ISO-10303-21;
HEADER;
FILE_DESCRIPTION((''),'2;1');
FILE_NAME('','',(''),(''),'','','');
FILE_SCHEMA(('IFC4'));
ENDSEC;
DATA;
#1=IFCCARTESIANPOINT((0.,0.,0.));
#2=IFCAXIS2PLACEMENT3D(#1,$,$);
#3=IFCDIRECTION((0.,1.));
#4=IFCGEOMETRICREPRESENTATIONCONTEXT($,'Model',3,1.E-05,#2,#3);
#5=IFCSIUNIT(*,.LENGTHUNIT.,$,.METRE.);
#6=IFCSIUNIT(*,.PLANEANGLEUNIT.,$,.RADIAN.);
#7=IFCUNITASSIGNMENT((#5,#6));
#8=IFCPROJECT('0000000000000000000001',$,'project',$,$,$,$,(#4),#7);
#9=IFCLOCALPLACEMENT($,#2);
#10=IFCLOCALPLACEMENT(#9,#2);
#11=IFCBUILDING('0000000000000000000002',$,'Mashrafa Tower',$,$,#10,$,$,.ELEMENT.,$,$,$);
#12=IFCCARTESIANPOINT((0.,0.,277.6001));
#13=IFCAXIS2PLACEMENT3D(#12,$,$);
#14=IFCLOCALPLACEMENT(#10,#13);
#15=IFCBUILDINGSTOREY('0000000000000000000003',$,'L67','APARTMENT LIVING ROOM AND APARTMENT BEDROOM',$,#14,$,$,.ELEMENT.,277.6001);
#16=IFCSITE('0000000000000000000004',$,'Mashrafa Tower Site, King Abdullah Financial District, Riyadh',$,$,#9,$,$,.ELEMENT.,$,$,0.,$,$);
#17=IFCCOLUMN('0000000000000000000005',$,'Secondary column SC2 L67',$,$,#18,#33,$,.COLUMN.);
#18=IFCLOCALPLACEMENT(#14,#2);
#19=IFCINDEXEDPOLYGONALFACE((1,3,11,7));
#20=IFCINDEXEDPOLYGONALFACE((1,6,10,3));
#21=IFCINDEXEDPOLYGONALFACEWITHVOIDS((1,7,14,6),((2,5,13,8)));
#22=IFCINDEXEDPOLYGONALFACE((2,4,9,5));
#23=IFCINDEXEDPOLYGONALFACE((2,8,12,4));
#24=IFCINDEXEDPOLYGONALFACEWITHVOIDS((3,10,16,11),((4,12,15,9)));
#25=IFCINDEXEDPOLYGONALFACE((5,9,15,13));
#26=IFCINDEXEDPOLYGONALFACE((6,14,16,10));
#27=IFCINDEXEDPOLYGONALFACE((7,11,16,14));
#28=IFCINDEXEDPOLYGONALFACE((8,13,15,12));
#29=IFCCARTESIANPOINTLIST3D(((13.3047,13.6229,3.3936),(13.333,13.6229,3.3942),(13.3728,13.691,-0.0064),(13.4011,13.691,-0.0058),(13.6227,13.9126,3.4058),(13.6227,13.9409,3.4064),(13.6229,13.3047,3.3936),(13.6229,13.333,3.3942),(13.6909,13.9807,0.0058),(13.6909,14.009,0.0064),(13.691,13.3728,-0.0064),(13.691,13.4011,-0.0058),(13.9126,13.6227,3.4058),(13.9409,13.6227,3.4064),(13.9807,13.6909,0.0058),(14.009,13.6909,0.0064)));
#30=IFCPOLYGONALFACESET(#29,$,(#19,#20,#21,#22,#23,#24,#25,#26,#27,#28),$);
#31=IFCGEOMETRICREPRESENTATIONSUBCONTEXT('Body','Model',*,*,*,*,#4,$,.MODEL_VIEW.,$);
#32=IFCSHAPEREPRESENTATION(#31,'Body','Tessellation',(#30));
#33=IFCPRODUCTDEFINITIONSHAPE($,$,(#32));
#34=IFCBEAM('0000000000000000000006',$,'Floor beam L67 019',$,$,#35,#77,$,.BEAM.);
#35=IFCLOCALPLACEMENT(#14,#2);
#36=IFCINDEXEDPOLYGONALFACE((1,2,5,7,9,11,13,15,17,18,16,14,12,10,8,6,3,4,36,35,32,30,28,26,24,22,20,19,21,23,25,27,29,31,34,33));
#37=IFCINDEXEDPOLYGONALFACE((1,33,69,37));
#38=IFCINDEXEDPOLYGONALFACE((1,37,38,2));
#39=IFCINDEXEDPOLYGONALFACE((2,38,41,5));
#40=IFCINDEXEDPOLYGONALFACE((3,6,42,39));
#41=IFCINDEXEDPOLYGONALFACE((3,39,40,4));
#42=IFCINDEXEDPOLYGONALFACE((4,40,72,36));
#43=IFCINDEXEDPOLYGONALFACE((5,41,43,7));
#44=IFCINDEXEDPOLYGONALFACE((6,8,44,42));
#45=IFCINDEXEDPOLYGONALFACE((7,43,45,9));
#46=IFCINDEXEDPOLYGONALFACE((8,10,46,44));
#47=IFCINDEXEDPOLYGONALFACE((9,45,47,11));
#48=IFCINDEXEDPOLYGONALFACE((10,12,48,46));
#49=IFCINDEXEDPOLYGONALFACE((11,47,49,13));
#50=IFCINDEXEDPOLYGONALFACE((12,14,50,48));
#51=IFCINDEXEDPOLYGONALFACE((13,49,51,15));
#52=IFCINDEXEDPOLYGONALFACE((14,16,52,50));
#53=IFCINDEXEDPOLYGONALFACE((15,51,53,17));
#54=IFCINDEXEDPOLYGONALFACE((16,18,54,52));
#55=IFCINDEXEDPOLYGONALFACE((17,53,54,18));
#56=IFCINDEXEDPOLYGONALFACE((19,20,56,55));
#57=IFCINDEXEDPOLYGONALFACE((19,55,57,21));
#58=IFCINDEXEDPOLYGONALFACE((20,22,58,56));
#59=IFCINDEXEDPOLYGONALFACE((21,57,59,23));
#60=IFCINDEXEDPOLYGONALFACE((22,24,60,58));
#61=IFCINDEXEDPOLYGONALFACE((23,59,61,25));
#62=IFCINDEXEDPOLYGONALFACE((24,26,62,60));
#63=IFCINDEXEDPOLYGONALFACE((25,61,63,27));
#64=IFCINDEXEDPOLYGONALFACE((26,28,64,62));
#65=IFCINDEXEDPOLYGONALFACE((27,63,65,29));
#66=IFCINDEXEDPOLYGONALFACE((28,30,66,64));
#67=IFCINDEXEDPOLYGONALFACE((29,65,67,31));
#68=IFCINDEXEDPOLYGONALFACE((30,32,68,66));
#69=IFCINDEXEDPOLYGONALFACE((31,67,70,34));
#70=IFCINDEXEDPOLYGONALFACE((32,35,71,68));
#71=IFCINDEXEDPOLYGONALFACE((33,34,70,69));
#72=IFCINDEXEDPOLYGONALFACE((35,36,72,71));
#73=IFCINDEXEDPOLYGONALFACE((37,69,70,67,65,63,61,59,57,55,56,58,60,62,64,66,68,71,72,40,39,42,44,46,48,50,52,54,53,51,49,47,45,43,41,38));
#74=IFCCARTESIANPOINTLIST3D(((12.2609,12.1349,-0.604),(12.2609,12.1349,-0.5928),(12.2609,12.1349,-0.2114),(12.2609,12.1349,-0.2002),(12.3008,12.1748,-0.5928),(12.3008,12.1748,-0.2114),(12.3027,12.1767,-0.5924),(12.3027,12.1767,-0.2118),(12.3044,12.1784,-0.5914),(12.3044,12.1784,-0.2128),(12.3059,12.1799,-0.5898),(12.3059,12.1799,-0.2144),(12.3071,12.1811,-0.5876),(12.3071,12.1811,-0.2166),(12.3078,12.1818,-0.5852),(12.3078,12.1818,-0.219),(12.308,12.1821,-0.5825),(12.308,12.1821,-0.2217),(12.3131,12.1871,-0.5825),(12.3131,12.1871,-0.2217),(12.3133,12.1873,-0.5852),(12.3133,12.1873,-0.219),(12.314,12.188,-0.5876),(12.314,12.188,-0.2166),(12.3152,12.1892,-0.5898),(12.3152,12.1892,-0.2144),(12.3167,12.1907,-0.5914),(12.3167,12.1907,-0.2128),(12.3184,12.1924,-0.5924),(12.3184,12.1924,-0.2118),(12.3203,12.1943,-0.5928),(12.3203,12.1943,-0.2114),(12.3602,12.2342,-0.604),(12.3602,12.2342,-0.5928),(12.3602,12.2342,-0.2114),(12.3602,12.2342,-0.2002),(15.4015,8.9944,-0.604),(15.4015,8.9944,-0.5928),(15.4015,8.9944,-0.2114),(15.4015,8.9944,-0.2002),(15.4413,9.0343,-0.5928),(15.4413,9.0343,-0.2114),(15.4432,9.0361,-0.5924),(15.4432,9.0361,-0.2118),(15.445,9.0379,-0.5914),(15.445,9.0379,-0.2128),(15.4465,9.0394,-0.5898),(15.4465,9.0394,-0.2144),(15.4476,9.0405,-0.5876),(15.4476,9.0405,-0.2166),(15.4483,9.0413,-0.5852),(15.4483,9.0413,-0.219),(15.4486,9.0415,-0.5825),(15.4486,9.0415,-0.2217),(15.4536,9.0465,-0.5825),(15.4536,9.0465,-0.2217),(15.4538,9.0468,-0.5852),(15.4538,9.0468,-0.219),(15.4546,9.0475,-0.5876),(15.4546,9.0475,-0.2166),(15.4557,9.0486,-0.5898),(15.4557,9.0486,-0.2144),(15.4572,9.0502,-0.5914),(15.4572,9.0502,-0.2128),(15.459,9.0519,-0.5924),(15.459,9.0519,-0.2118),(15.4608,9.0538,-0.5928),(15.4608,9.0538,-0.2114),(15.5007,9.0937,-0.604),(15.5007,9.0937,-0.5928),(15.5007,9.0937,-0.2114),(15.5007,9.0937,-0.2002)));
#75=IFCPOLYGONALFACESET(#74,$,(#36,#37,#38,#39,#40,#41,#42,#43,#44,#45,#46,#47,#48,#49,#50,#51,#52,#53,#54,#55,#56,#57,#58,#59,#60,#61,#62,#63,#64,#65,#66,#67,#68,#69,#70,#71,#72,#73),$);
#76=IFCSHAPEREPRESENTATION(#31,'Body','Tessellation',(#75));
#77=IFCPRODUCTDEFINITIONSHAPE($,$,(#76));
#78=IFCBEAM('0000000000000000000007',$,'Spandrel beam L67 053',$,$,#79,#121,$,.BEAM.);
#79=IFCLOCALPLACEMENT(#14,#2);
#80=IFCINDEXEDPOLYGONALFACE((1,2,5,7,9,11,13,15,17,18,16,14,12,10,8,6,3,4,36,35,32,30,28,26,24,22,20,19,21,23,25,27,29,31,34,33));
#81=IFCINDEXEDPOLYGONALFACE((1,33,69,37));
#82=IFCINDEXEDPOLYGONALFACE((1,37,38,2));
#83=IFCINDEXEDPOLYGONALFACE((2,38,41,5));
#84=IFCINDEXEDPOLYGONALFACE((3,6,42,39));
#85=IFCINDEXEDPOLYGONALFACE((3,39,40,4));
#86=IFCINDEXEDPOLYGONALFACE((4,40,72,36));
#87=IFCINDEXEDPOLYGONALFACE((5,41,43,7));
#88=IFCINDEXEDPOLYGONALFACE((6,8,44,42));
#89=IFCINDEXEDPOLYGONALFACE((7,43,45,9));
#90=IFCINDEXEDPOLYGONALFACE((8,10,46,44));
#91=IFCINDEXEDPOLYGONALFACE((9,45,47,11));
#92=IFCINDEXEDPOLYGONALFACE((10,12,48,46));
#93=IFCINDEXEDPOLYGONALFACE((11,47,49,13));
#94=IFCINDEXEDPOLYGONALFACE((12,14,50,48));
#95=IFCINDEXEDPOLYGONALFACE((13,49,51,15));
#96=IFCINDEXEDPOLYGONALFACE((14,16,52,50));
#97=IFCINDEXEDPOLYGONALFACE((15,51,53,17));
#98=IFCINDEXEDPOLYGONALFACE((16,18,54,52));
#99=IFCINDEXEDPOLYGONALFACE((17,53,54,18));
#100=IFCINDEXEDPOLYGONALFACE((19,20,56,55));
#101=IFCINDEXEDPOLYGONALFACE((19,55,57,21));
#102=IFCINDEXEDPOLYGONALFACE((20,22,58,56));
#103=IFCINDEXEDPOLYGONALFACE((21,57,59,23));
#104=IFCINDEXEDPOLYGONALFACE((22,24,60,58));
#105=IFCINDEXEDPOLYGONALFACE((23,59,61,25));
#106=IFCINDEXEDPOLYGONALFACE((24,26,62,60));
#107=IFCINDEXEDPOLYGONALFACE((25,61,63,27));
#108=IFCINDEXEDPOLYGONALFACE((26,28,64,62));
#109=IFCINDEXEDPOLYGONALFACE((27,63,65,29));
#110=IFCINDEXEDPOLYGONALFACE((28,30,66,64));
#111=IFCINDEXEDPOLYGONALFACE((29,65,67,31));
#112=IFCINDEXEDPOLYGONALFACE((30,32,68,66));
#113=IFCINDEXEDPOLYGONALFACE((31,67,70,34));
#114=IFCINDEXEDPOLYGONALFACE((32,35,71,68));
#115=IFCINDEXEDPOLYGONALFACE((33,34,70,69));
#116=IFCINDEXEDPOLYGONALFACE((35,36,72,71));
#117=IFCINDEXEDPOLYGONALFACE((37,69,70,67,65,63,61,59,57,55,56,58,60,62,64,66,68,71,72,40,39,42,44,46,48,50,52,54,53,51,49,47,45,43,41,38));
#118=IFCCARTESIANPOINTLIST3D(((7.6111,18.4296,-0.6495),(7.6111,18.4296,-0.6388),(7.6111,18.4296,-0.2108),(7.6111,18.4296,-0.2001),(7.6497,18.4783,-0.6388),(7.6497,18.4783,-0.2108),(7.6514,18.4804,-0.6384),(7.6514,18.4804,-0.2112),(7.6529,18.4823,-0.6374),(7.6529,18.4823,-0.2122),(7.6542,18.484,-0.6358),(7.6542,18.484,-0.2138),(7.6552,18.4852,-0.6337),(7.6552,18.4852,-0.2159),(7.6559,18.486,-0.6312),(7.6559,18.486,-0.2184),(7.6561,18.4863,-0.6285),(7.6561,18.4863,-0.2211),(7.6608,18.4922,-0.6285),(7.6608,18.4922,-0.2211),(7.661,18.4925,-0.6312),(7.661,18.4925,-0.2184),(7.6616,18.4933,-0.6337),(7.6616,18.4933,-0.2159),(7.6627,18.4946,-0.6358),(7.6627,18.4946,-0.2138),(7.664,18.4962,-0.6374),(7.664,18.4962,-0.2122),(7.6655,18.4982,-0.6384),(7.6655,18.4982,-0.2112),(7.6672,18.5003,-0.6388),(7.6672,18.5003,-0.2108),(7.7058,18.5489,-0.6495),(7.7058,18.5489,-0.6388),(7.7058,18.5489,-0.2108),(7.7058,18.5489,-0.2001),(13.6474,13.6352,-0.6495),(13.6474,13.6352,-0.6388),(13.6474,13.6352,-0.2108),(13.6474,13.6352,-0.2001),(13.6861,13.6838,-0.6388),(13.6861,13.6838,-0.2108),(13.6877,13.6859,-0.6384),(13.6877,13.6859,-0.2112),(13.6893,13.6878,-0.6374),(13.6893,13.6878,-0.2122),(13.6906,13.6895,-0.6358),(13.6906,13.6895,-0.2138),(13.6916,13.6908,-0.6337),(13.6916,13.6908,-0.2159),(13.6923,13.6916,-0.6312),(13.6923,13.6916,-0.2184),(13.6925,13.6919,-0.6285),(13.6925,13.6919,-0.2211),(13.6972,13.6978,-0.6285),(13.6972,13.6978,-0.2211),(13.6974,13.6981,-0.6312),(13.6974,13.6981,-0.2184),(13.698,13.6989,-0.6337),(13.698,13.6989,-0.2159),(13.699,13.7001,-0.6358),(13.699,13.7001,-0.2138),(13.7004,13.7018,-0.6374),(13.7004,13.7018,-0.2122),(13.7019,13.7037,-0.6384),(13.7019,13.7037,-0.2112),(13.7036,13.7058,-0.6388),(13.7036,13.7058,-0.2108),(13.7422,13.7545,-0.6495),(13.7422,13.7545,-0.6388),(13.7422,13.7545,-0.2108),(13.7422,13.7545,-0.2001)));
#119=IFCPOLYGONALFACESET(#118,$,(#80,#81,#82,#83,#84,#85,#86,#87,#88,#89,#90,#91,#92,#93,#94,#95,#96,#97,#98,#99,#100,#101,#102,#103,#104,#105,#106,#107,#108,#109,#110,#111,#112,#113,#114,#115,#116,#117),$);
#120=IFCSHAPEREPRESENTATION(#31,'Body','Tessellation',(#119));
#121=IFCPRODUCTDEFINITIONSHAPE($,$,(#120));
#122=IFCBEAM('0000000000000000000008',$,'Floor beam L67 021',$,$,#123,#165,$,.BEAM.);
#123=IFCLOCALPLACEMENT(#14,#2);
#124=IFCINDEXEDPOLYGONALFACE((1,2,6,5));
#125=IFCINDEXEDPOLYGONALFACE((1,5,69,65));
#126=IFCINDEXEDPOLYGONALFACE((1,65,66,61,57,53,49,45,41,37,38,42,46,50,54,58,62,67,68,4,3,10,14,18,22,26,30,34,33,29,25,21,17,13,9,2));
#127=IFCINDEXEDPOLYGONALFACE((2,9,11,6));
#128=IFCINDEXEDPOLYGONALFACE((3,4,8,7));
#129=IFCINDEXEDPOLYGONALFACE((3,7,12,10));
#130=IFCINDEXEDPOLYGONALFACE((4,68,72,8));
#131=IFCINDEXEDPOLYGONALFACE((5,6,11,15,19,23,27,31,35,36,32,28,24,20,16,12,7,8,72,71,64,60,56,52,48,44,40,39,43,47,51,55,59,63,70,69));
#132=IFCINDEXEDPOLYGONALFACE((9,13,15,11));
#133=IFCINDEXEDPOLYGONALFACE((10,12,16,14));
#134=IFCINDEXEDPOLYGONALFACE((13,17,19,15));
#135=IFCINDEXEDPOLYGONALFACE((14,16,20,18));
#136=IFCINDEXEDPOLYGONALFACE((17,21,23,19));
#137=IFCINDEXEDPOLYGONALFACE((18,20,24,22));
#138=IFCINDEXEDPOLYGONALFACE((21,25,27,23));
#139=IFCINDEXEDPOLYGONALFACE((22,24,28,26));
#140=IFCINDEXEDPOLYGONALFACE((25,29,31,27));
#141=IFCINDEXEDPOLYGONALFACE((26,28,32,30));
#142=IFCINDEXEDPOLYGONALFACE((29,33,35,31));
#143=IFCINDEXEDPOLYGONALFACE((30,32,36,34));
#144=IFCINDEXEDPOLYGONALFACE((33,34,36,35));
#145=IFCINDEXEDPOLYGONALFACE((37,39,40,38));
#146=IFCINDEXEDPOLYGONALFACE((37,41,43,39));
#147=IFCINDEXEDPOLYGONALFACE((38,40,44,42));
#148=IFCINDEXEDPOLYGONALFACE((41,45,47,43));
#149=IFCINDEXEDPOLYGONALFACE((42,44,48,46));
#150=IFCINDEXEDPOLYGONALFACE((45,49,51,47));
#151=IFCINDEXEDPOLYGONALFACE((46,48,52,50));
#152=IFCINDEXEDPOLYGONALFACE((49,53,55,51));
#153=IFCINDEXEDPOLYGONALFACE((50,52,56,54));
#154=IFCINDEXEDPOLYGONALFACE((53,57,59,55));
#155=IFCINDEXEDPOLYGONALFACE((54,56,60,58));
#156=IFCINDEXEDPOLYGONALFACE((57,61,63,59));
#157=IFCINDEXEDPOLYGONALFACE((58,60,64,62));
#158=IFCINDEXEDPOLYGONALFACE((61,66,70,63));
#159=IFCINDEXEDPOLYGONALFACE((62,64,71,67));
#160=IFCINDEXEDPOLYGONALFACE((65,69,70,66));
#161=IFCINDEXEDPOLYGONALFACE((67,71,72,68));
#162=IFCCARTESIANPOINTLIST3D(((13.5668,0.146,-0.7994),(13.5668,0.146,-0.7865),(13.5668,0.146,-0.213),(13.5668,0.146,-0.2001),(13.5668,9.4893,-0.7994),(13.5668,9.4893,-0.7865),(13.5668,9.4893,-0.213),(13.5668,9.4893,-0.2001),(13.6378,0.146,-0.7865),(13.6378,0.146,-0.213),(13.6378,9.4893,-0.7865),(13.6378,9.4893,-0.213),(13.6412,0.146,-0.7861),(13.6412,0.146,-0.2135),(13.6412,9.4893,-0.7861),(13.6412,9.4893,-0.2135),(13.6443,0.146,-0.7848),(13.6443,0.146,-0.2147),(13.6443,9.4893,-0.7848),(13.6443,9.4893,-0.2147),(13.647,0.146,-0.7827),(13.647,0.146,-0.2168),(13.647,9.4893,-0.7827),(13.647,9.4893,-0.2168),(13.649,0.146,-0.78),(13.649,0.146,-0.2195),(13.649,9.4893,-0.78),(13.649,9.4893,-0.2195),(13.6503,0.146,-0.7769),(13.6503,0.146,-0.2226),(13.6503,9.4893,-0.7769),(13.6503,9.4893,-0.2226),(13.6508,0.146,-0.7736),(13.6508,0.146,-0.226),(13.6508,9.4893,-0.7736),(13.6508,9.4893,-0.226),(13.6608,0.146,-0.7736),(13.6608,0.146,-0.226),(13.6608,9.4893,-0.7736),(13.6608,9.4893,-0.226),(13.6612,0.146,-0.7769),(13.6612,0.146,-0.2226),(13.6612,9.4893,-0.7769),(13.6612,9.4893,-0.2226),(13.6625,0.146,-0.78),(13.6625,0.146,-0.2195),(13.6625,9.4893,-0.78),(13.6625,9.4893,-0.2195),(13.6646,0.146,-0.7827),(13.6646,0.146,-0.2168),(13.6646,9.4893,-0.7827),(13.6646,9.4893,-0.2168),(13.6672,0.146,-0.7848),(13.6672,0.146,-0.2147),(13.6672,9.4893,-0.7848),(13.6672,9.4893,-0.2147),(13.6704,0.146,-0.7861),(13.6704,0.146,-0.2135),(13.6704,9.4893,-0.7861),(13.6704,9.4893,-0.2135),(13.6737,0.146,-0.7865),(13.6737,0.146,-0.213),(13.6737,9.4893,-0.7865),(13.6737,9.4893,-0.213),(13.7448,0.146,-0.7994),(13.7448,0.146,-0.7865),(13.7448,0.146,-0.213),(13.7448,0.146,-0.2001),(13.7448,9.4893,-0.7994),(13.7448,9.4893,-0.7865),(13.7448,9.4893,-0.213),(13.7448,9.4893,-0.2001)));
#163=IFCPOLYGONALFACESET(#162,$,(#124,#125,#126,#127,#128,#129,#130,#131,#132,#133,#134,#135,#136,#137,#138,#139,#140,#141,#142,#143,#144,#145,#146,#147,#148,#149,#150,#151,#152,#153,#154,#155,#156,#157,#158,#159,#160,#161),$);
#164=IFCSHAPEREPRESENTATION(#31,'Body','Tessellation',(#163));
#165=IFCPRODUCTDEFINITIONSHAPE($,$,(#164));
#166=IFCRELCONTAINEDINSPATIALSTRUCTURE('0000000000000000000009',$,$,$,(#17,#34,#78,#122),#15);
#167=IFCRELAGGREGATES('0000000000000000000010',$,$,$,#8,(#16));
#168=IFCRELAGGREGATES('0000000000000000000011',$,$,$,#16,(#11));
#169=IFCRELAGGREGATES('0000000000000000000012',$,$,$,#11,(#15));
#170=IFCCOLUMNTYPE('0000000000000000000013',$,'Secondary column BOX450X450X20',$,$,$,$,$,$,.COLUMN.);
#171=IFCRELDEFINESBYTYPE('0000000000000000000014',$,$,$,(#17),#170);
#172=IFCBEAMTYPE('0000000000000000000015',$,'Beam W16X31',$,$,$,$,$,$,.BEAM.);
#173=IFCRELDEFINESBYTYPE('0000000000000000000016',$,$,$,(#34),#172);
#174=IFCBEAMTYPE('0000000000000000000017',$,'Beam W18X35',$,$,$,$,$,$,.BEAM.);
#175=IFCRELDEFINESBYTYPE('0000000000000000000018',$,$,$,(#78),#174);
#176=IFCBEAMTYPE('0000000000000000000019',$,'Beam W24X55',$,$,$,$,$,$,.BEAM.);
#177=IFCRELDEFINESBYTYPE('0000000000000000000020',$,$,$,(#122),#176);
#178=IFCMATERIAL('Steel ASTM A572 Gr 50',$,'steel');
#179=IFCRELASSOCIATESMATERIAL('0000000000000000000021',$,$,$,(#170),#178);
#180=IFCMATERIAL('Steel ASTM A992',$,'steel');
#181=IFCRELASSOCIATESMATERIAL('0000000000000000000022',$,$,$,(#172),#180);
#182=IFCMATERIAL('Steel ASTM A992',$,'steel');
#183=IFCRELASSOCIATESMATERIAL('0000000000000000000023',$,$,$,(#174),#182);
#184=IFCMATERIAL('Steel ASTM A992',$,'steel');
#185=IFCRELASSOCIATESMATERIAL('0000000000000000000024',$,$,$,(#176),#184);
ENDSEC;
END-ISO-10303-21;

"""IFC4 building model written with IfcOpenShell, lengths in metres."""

from ifc_helpers import new_model, si_unit, direction, frame, origin, origin_2d, place, context, subcontext, project, spatial, hollow_rectangle, i_section, extrude, material, material_profile, profile_set, type_object, element, save


model = new_model("IFC4")

# Units and contexts
model_context = context("Model", 3, precision=1e-05, world=origin(), true_north=direction((0.0, 1.0)))
body_context = subcontext(model_context, "Body", "Model", "MODEL_VIEW")
ifc_project = project(units=[si_unit("LENGTHUNIT", "METRE"), si_unit("PLANEANGLEUNIT", "RADIAN")], contexts=[model_context])

# Site, building, storey
site_placement = place(None, origin())
site = spatial("IfcSite", under=ifc_project, at=site_placement, Name="Mashrafa Tower Site, King Abdullah Financial District, Riyadh", CompositionType="ELEMENT", RefElevation=0.0)
building_placement = place(site_placement, origin())
building = spatial("IfcBuilding", under=site, at=building_placement, Name="Mashrafa Tower", CompositionType="ELEMENT")
storey_placement = place(building_placement, frame((0.0, 0.0, 277.6001)))
storey = spatial("IfcBuildingStorey", under=building, at=storey_placement, Name="L67", Description="APARTMENT LIVING ROOM AND APARTMENT BEDROOM", CompositionType="ELEMENT", Elevation=277.6001)

# Column
ifc_material_1 = material(Name="Steel ASTM A572 Gr 50", Category="steel")
ifc_material_profile_1 = material_profile(ifc_material_1, hollow_rectangle(XDim=0.45, YDim=0.45, WallThickness=0.02, at=origin_2d()), Name="BOX450X450X20")
ifc_profile_set_1 = profile_set([ifc_material_profile_1], Name="Steel ASTM A572 Gr 50")
column_type = type_object("IfcColumnType", Name="Secondary column BOX450X450X20", PredefinedType="COLUMN", material=ifc_profile_set_1)
column_placement = place(storey_placement, frame((13.6909, 13.6909, 0.0), z_axis=(-0.020026, -0.020026, 0.999599), x_axis=(0.707107, -0.707107, 0.0)))
element("IfcColumn", 1, at=column_placement, inside=storey, type_object=column_type, Name="Secondary column SC2 L67", PredefinedType="COLUMN", context=body_context, shape_type="SweptSolid", body=[
    extrude(hollow_rectangle(XDim=0.45, YDim=0.45, WallThickness=0.02, at=origin_2d()), origin(), (0.0, 0.0, 1.0), 3.4014),
])

# Beams
ifc_material_2 = material(Name="Steel ASTM A992", Category="steel")
ifc_material_profile_2 = material_profile(ifc_material_2, i_section(OverallWidth=0.1404, OverallDepth=0.4038, WebThickness=0.0071, FlangeThickness=0.0112, FilletRadius=0.0103, at=origin_2d()), Name="W16X31")
ifc_profile_set_2 = profile_set([ifc_material_profile_2], Name="Steel ASTM A992")
beam_type_1 = type_object("IfcBeamType", Name="Beam W16X31", PredefinedType="BEAM", material=ifc_profile_set_2)
beam_1_placement = place(storey_placement, frame((12.3105, 12.1846, -0.4021), z_axis=(0.707107, -0.707107, 0.0), x_axis=(0.707107, 0.707107, 0.0)))
element("IfcBeam", 2, at=beam_1_placement, inside=storey, type_object=beam_type_1, Name="Floor beam L67 019", PredefinedType="BEAM", context=body_context, shape_type="SweptSolid", body=[
    extrude(i_section(OverallWidth=0.1404, OverallDepth=0.4038, WebThickness=0.0071, FlangeThickness=0.0112, FilletRadius=0.0103, at=origin_2d()), origin(), (0.0, 0.0, 1.0), 4.4414),
])
ifc_material_3 = material(Name="Steel ASTM A992", Category="steel")
ifc_material_profile_3 = material_profile(ifc_material_3, i_section(OverallWidth=0.1523, OverallDepth=0.4495, WebThickness=0.0076, FlangeThickness=0.0107, FilletRadius=0.0103, at=origin_2d()), Name="W18X35")
ifc_profile_set_3 = profile_set([ifc_material_profile_3], Name="Steel ASTM A992")
beam_type_2 = type_object("IfcBeamType", Name="Beam W18X35", PredefinedType="BEAM", material=ifc_profile_set_3)
beam_2_placement = place(storey_placement, frame((13.6948, 13.6948, -0.4248), z_axis=(-0.783058, 0.621949, 0.0), x_axis=(-0.621949, -0.783058, 0.0)))
element("IfcBeam", 3, at=beam_2_placement, inside=storey, type_object=beam_type_2, Name="Spandrel beam L67 053", PredefinedType="BEAM", context=body_context, shape_type="SweptSolid", body=[
    extrude(i_section(OverallWidth=0.1523, OverallDepth=0.4495, WebThickness=0.0076, FlangeThickness=0.0107, FilletRadius=0.0103, at=origin_2d()), origin(), (0.0, 0.0, 1.0), 7.7087),
])
ifc_material_4 = material(Name="Steel ASTM A992", Category="steel")
ifc_material_profile_4 = material_profile(ifc_material_4, i_section(OverallWidth=0.178, OverallDepth=0.5994, WebThickness=0.01, FlangeThickness=0.0129, FilletRadius=0.0129, at=origin_2d()), Name="W24X55")
ifc_profile_set_4 = profile_set([ifc_material_profile_4], Name="Steel ASTM A992")
beam_type_3 = type_object("IfcBeamType", Name="Beam W24X55", PredefinedType="BEAM", material=ifc_profile_set_4)
beam_3_placement = place(storey_placement, frame((13.6558, 9.4893, -0.4998), z_axis=(0.0, -1.0, 0.0), x_axis=(1.0, 0.0, 0.0)))
element("IfcBeam", 4, at=beam_3_placement, inside=storey, type_object=beam_type_3, Name="Floor beam L67 021", PredefinedType="BEAM", context=body_context, shape_type="SweptSolid", body=[
    extrude(i_section(OverallWidth=0.178, OverallDepth=0.5994, WebThickness=0.01, FlangeThickness=0.0129, FilletRadius=0.0129, at=origin_2d()), origin(), (0.0, 0.0, 1.0), 9.3433),
])

save(model, "model.ifc")
